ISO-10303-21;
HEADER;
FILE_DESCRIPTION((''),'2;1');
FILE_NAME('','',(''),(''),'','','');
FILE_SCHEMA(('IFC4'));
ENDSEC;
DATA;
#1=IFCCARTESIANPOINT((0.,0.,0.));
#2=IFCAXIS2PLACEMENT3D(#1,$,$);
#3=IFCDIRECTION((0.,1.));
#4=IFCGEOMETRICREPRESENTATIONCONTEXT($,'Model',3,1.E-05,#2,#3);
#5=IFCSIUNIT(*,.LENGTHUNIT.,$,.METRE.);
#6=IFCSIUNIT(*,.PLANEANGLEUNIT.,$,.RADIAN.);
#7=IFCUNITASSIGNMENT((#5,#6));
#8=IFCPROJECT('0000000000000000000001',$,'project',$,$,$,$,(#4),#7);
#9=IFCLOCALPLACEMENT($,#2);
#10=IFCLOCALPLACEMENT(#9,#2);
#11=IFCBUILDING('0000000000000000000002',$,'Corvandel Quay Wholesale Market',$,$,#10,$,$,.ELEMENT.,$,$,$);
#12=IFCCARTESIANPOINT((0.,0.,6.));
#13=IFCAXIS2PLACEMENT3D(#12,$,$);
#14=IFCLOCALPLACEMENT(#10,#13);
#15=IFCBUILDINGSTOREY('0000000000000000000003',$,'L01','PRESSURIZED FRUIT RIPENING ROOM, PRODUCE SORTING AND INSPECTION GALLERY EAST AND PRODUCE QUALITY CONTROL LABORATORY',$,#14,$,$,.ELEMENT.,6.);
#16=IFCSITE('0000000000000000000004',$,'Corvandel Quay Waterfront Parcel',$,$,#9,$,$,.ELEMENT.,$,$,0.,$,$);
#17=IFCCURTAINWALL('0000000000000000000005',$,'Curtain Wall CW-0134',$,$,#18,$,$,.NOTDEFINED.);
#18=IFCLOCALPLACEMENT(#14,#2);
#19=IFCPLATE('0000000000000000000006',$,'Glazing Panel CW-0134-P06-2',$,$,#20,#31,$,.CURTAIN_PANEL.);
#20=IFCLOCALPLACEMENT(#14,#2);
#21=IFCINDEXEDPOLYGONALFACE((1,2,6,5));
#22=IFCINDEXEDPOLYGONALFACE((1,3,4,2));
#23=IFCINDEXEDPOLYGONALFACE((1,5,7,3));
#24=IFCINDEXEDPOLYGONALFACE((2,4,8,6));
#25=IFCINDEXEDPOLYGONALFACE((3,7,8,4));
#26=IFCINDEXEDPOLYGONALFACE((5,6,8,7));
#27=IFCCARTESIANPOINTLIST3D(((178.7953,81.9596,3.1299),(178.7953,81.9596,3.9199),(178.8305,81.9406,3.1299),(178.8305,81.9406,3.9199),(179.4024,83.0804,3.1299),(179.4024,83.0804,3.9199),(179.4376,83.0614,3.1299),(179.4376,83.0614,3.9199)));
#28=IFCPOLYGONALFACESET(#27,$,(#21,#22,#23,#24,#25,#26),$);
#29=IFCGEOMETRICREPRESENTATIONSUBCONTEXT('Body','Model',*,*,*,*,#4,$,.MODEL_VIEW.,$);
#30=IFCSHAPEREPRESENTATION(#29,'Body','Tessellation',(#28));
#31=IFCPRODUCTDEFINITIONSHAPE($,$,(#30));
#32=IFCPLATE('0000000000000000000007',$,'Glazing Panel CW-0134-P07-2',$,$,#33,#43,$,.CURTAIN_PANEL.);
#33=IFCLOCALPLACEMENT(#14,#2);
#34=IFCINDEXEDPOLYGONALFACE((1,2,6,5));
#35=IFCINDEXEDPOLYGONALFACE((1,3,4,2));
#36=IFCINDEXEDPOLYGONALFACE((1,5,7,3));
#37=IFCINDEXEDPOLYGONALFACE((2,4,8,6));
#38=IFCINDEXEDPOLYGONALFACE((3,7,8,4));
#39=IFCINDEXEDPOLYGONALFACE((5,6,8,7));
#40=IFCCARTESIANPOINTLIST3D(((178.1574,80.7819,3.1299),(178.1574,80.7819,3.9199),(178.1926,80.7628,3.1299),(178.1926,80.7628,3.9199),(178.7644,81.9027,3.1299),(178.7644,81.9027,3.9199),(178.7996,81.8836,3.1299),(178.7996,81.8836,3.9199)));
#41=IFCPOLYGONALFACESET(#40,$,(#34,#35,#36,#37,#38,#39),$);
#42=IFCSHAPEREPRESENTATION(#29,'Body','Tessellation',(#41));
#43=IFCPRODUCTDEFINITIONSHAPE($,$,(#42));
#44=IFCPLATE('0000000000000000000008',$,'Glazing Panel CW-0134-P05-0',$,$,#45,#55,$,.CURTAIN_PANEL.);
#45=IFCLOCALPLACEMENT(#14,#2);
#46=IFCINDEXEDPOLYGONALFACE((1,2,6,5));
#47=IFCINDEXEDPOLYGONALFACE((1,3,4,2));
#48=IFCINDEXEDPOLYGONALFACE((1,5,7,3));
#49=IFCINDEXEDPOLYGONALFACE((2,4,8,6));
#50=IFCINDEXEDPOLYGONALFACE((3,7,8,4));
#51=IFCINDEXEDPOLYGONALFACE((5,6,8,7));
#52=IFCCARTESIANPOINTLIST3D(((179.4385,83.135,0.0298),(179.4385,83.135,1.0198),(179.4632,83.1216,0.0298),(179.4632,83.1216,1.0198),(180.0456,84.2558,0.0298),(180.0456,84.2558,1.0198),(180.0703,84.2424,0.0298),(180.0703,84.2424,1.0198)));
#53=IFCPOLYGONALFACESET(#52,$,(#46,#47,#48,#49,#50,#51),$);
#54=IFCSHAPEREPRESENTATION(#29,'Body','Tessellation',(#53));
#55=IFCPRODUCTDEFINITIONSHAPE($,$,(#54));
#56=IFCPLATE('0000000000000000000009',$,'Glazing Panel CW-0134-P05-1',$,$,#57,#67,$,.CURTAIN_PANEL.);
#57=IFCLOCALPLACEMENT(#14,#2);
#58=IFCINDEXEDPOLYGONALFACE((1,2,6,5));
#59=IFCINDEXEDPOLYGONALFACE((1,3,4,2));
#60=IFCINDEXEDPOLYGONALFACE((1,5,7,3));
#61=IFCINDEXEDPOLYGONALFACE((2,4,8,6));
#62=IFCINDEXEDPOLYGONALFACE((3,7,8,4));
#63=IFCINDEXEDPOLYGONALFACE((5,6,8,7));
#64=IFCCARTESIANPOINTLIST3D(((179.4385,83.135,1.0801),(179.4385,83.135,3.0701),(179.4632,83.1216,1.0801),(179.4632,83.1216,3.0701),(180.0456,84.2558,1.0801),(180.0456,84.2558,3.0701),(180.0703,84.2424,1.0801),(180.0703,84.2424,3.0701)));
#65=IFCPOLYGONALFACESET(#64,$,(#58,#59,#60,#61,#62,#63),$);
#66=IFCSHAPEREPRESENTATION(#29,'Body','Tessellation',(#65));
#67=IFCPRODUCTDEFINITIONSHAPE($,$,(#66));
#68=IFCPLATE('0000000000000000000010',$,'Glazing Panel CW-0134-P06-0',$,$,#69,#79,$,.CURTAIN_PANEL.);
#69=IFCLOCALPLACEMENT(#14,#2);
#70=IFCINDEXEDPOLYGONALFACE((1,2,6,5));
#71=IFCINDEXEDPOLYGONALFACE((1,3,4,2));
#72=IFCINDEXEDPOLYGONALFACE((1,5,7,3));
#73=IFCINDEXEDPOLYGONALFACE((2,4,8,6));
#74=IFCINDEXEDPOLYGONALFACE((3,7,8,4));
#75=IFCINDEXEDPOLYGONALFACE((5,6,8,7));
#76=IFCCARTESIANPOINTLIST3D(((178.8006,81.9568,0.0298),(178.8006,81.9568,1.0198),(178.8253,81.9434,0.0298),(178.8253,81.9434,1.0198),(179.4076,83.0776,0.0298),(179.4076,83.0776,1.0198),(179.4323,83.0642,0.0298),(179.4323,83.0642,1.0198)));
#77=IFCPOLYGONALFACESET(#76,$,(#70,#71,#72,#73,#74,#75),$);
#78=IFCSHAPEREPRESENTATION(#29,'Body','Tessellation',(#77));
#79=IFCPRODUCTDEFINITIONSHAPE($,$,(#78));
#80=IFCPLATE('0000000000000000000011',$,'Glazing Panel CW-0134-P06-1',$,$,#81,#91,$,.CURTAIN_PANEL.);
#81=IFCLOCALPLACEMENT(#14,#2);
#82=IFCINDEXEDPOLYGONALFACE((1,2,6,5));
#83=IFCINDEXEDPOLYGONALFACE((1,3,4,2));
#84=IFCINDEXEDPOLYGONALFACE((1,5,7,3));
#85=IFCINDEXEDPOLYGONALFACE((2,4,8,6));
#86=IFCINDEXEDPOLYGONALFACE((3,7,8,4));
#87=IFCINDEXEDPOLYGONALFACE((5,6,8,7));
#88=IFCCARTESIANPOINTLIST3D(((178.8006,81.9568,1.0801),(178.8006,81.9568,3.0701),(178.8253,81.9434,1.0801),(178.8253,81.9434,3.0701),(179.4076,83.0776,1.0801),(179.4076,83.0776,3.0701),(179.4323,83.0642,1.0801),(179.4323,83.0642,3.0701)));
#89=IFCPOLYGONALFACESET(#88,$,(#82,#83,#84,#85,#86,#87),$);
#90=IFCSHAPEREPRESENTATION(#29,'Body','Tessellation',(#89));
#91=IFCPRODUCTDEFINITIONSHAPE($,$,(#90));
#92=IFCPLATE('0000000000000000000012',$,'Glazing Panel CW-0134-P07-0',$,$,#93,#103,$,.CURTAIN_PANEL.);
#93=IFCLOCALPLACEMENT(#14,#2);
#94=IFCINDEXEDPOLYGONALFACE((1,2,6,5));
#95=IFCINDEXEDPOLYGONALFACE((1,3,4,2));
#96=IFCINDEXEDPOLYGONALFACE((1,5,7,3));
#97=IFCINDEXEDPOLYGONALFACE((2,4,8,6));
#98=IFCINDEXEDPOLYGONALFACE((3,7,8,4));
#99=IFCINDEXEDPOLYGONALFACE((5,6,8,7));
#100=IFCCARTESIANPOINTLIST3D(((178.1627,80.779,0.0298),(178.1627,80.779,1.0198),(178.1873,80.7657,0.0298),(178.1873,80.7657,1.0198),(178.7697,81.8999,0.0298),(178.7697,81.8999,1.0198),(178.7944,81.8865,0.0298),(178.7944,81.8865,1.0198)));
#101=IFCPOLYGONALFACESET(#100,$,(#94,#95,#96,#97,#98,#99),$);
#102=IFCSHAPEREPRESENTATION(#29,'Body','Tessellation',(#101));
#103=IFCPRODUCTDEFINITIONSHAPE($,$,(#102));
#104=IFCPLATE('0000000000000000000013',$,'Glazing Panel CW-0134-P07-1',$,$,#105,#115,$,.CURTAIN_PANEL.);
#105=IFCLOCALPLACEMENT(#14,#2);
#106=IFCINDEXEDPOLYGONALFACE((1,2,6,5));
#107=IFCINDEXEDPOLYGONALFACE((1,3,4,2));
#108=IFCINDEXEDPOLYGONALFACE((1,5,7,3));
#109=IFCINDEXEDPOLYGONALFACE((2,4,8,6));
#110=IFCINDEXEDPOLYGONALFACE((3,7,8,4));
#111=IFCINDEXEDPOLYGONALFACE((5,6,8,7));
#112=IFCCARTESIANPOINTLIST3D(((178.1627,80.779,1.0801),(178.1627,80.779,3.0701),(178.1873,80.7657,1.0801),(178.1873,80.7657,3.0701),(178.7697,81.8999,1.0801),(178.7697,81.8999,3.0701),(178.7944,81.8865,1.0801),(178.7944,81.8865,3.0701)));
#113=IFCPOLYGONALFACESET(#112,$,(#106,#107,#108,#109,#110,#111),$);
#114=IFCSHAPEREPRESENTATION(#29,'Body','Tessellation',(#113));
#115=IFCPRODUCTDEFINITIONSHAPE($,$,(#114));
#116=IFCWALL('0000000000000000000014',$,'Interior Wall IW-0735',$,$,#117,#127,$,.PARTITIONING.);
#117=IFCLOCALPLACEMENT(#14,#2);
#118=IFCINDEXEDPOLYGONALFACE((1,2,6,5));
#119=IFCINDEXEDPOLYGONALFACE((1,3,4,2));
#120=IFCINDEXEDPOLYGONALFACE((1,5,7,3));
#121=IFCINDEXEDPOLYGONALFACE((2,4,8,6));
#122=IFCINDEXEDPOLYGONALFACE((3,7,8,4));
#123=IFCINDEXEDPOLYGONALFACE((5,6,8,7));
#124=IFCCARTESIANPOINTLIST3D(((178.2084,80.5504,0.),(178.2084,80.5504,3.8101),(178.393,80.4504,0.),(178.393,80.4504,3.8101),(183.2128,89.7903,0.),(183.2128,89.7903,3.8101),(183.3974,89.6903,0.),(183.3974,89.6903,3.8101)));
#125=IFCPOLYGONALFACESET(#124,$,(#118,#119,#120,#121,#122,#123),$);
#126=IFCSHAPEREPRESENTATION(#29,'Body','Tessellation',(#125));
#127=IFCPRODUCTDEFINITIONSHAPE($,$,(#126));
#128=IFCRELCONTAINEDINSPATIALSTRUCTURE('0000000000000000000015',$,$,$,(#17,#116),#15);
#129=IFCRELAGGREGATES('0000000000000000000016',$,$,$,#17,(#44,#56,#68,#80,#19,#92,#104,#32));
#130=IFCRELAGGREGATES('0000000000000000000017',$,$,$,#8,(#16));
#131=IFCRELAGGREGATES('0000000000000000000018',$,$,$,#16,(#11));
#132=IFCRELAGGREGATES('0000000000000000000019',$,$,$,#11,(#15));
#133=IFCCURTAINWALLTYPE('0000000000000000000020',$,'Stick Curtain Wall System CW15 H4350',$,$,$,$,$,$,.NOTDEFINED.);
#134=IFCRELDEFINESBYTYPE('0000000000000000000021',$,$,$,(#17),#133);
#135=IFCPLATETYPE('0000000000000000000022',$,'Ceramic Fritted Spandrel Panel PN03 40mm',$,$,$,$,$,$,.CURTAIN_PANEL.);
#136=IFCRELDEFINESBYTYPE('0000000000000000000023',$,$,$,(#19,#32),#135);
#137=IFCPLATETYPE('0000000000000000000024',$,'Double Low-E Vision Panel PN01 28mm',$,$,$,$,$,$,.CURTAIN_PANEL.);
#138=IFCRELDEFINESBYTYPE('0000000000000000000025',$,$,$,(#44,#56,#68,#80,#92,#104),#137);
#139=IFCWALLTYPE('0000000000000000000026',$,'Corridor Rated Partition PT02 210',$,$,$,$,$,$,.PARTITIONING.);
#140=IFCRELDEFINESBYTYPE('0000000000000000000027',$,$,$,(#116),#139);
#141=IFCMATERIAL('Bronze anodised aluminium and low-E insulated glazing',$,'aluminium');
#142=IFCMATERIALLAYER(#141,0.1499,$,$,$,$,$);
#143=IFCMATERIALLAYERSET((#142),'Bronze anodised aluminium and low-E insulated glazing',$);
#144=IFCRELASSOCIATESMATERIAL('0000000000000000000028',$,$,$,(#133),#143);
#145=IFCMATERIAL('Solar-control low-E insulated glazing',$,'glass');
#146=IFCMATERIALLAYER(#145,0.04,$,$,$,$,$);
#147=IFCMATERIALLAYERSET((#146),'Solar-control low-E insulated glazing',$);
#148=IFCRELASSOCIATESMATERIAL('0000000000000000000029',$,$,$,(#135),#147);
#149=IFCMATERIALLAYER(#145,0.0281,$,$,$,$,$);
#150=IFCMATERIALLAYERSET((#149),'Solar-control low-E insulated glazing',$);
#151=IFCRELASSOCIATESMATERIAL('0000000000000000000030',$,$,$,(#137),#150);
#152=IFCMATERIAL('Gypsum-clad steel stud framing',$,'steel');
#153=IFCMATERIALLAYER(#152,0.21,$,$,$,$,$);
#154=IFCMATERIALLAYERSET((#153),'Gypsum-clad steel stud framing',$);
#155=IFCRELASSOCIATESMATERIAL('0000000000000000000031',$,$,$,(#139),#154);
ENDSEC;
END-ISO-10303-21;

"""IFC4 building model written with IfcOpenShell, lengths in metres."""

from ifc_helpers import new_model, si_unit, direction, frame, frame_2d, origin, origin_2d, place, context, subcontext, project, spatial, rectangle, extrude, material, layer, layer_set, type_object, element, aggregate, save


model = new_model("IFC4")

# Units and contexts
model_context = context("Model", 3, precision=1e-05, world=origin(), true_north=direction((0.0, 1.0)))
body_context = subcontext(model_context, "Body", "Model", "MODEL_VIEW")
ifc_project = project(units=[si_unit("LENGTHUNIT", "METRE"), si_unit("PLANEANGLEUNIT", "RADIAN")], contexts=[model_context])

# Site, building, storey
site_placement = place(None, origin())
site = spatial("IfcSite", under=ifc_project, at=site_placement, Name="Corvandel Quay Waterfront Parcel", CompositionType="ELEMENT", RefElevation=0.0)
building_placement = place(site_placement, origin())
building = spatial("IfcBuilding", under=site, at=building_placement, Name="Corvandel Quay Wholesale Market", CompositionType="ELEMENT")
storey_placement = place(building_placement, frame((0.0, 0.0, 6.0)))
storey = spatial("IfcBuildingStorey", under=building, at=storey_placement, Name="L01", Description="PRESSURIZED FRUIT RIPENING ROOM, PRODUCE SORTING AND INSPECTION GALLERY EAST AND PRODUCE QUALITY CONTROL LABORATORY", CompositionType="ELEMENT", Elevation=6.0)

# Curtain wall, plates
ifc_material_1 = material(Name="Bronze anodised aluminium and low-E insulated glazing", Category="aluminium")
ifc_layer_1 = layer(ifc_material_1, 0.1499)
ifc_layer_set_1 = layer_set([ifc_layer_1], Name="Bronze anodised aluminium and low-E insulated glazing")
curtain_wall_type = type_object("IfcCurtainWallType", Name="Stick Curtain Wall System CW15 H4350", PredefinedType="NOTDEFINED", material=ifc_layer_set_1)
curtain_wall_placement = place(storey_placement, origin())
curtain_wall = element("IfcCurtainWall", 1, at=curtain_wall_placement, inside=storey, type_object=curtain_wall_type, Name="Curtain Wall CW-0134", PredefinedType="NOTDEFINED")
ifc_material_2 = material(Name="Solar-control low-E insulated glazing", Category="glass")
ifc_layer_2 = layer(ifc_material_2, 0.04)
ifc_layer_set_2 = layer_set([ifc_layer_2], Name="Solar-control low-E insulated glazing")
plate_type_1 = type_object("IfcPlateType", Name="Ceramic Fritted Spandrel Panel PN03 40mm", PredefinedType="CURTAIN_PANEL", material=ifc_layer_set_2)
plate_1_placement = place(storey_placement, frame((179.1165, 82.5105, 3.1299), z_axis=(0.0, 0.0, 1.0), x_axis=(0.476238, 0.879316, 0.0)))
plate_1 = element("IfcPlate", 2, at=plate_1_placement, type_object=plate_type_1, Name="Glazing Panel CW-0134-P06-2", PredefinedType="CURTAIN_PANEL", context=body_context, shape_type="SweptSolid", body=[
    extrude(rectangle(XDim=1.2747, YDim=0.04, at=origin_2d()), origin(), (0.0, 0.0, 1.0), 0.79),
])
plate_2_placement = place(storey_placement, frame((178.4785, 81.3328, 3.1299), z_axis=(0.0, 0.0, 1.0), x_axis=(0.476238, 0.879316, 0.0)))
plate_2 = element("IfcPlate", 3, at=plate_2_placement, type_object=plate_type_1, Name="Glazing Panel CW-0134-P07-2", PredefinedType="CURTAIN_PANEL", context=body_context, shape_type="SweptSolid", body=[
    extrude(rectangle(XDim=1.2747, YDim=0.04, at=origin_2d()), origin(), (0.0, 0.0, 1.0), 0.79),
])
ifc_layer_3 = layer(ifc_material_2, 0.0281)
ifc_layer_set_3 = layer_set([ifc_layer_3], Name="Solar-control low-E insulated glazing")
plate_type_2 = type_object("IfcPlateType", Name="Double Low-E Vision Panel PN01 28mm", PredefinedType="CURTAIN_PANEL", material=ifc_layer_set_3)
plate_3_placement = place(storey_placement, frame((179.7544, 83.6887, 0.0298), z_axis=(0.0, 0.0, 1.0), x_axis=(0.476238, 0.879316, 0.0)))
plate_3 = element("IfcPlate", 4, at=plate_3_placement, type_object=plate_type_2, Name="Glazing Panel CW-0134-P05-0", PredefinedType="CURTAIN_PANEL", context=body_context, shape_type="SweptSolid", body=[
    extrude(rectangle(XDim=1.2747, YDim=0.0281, at=origin_2d()), origin(), (0.0, 0.0, 1.0), 0.99),
])
plate_4_placement = place(storey_placement, frame((179.7544, 83.6887, 1.0801), z_axis=(0.0, 0.0, 1.0), x_axis=(0.476238, 0.879316, 0.0)))
plate_4 = element("IfcPlate", 5, at=plate_4_placement, type_object=plate_type_2, Name="Glazing Panel CW-0134-P05-1", PredefinedType="CURTAIN_PANEL", context=body_context, shape_type="SweptSolid", body=[
    extrude(rectangle(XDim=1.2747, YDim=0.0281, at=origin_2d()), origin(), (0.0, 0.0, 1.0), 1.99),
])
plate_5_placement = place(storey_placement, frame((179.1165, 82.5105, 0.0298), z_axis=(0.0, 0.0, 1.0), x_axis=(0.476238, 0.879316, 0.0)))
plate_5 = element("IfcPlate", 6, at=plate_5_placement, type_object=plate_type_2, Name="Glazing Panel CW-0134-P06-0", PredefinedType="CURTAIN_PANEL", context=body_context, shape_type="SweptSolid", body=[
    extrude(rectangle(XDim=1.2747, YDim=0.0281, at=origin_2d()), origin(), (0.0, 0.0, 1.0), 0.99),
])
plate_6_placement = place(storey_placement, frame((179.1165, 82.5105, 1.0801), z_axis=(0.0, 0.0, 1.0), x_axis=(0.476238, 0.879316, 0.0)))
plate_6 = element("IfcPlate", 7, at=plate_6_placement, type_object=plate_type_2, Name="Glazing Panel CW-0134-P06-1", PredefinedType="CURTAIN_PANEL", context=body_context, shape_type="SweptSolid", body=[
    extrude(rectangle(XDim=1.2747, YDim=0.0281, at=origin_2d()), origin(), (0.0, 0.0, 1.0), 1.99),
])
plate_7_placement = place(storey_placement, frame((178.4785, 81.3328, 0.0298), z_axis=(0.0, 0.0, 1.0), x_axis=(0.476238, 0.879316, 0.0)))
plate_7 = element("IfcPlate", 8, at=plate_7_placement, type_object=plate_type_2, Name="Glazing Panel CW-0134-P07-0", PredefinedType="CURTAIN_PANEL", context=body_context, shape_type="SweptSolid", body=[
    extrude(rectangle(XDim=1.2747, YDim=0.0281, at=origin_2d()), origin(), (0.0, 0.0, 1.0), 0.99),
])
plate_8_placement = place(storey_placement, frame((178.4785, 81.3328, 1.0801), z_axis=(0.0, 0.0, 1.0), x_axis=(0.476238, 0.879316, 0.0)))
plate_8 = element("IfcPlate", 9, at=plate_8_placement, type_object=plate_type_2, Name="Glazing Panel CW-0134-P07-1", PredefinedType="CURTAIN_PANEL", context=body_context, shape_type="SweptSolid", body=[
    extrude(rectangle(XDim=1.2747, YDim=0.0281, at=origin_2d()), origin(), (0.0, 0.0, 1.0), 1.99),
])
aggregate(curtain_wall, [plate_3, plate_4, plate_5, plate_6, plate_1, plate_7, plate_8, plate_2])

# Wall
ifc_material_3 = material(Name="Gypsum-clad steel stud framing", Category="steel")
ifc_layer_4 = layer(ifc_material_3, 0.21)
ifc_layer_set_4 = layer_set([ifc_layer_4], Name="Gypsum-clad steel stud framing")
wall_type = type_object("IfcWallType", Name="Corridor Rated Partition PT02 210", PredefinedType="PARTITIONING", material=ifc_layer_set_4)
wall_placement = place(storey_placement, frame((178.3008, 80.5005, 0.0), z_axis=(0.0, 0.0, 1.0), x_axis=(0.476239, 0.879316, 0.0)))
element("IfcWall", 10, at=wall_placement, inside=storey, type_object=wall_type, Name="Interior Wall IW-0735", PredefinedType="PARTITIONING", context=body_context, shape_type="SweptSolid", body=[
    extrude(rectangle(XDim=10.5081, YDim=0.21, at=frame_2d((5.2539, 0.0))), origin(), (0.0, 0.0, 1.0), 3.8101),
])

save(model, "model.ifc")
